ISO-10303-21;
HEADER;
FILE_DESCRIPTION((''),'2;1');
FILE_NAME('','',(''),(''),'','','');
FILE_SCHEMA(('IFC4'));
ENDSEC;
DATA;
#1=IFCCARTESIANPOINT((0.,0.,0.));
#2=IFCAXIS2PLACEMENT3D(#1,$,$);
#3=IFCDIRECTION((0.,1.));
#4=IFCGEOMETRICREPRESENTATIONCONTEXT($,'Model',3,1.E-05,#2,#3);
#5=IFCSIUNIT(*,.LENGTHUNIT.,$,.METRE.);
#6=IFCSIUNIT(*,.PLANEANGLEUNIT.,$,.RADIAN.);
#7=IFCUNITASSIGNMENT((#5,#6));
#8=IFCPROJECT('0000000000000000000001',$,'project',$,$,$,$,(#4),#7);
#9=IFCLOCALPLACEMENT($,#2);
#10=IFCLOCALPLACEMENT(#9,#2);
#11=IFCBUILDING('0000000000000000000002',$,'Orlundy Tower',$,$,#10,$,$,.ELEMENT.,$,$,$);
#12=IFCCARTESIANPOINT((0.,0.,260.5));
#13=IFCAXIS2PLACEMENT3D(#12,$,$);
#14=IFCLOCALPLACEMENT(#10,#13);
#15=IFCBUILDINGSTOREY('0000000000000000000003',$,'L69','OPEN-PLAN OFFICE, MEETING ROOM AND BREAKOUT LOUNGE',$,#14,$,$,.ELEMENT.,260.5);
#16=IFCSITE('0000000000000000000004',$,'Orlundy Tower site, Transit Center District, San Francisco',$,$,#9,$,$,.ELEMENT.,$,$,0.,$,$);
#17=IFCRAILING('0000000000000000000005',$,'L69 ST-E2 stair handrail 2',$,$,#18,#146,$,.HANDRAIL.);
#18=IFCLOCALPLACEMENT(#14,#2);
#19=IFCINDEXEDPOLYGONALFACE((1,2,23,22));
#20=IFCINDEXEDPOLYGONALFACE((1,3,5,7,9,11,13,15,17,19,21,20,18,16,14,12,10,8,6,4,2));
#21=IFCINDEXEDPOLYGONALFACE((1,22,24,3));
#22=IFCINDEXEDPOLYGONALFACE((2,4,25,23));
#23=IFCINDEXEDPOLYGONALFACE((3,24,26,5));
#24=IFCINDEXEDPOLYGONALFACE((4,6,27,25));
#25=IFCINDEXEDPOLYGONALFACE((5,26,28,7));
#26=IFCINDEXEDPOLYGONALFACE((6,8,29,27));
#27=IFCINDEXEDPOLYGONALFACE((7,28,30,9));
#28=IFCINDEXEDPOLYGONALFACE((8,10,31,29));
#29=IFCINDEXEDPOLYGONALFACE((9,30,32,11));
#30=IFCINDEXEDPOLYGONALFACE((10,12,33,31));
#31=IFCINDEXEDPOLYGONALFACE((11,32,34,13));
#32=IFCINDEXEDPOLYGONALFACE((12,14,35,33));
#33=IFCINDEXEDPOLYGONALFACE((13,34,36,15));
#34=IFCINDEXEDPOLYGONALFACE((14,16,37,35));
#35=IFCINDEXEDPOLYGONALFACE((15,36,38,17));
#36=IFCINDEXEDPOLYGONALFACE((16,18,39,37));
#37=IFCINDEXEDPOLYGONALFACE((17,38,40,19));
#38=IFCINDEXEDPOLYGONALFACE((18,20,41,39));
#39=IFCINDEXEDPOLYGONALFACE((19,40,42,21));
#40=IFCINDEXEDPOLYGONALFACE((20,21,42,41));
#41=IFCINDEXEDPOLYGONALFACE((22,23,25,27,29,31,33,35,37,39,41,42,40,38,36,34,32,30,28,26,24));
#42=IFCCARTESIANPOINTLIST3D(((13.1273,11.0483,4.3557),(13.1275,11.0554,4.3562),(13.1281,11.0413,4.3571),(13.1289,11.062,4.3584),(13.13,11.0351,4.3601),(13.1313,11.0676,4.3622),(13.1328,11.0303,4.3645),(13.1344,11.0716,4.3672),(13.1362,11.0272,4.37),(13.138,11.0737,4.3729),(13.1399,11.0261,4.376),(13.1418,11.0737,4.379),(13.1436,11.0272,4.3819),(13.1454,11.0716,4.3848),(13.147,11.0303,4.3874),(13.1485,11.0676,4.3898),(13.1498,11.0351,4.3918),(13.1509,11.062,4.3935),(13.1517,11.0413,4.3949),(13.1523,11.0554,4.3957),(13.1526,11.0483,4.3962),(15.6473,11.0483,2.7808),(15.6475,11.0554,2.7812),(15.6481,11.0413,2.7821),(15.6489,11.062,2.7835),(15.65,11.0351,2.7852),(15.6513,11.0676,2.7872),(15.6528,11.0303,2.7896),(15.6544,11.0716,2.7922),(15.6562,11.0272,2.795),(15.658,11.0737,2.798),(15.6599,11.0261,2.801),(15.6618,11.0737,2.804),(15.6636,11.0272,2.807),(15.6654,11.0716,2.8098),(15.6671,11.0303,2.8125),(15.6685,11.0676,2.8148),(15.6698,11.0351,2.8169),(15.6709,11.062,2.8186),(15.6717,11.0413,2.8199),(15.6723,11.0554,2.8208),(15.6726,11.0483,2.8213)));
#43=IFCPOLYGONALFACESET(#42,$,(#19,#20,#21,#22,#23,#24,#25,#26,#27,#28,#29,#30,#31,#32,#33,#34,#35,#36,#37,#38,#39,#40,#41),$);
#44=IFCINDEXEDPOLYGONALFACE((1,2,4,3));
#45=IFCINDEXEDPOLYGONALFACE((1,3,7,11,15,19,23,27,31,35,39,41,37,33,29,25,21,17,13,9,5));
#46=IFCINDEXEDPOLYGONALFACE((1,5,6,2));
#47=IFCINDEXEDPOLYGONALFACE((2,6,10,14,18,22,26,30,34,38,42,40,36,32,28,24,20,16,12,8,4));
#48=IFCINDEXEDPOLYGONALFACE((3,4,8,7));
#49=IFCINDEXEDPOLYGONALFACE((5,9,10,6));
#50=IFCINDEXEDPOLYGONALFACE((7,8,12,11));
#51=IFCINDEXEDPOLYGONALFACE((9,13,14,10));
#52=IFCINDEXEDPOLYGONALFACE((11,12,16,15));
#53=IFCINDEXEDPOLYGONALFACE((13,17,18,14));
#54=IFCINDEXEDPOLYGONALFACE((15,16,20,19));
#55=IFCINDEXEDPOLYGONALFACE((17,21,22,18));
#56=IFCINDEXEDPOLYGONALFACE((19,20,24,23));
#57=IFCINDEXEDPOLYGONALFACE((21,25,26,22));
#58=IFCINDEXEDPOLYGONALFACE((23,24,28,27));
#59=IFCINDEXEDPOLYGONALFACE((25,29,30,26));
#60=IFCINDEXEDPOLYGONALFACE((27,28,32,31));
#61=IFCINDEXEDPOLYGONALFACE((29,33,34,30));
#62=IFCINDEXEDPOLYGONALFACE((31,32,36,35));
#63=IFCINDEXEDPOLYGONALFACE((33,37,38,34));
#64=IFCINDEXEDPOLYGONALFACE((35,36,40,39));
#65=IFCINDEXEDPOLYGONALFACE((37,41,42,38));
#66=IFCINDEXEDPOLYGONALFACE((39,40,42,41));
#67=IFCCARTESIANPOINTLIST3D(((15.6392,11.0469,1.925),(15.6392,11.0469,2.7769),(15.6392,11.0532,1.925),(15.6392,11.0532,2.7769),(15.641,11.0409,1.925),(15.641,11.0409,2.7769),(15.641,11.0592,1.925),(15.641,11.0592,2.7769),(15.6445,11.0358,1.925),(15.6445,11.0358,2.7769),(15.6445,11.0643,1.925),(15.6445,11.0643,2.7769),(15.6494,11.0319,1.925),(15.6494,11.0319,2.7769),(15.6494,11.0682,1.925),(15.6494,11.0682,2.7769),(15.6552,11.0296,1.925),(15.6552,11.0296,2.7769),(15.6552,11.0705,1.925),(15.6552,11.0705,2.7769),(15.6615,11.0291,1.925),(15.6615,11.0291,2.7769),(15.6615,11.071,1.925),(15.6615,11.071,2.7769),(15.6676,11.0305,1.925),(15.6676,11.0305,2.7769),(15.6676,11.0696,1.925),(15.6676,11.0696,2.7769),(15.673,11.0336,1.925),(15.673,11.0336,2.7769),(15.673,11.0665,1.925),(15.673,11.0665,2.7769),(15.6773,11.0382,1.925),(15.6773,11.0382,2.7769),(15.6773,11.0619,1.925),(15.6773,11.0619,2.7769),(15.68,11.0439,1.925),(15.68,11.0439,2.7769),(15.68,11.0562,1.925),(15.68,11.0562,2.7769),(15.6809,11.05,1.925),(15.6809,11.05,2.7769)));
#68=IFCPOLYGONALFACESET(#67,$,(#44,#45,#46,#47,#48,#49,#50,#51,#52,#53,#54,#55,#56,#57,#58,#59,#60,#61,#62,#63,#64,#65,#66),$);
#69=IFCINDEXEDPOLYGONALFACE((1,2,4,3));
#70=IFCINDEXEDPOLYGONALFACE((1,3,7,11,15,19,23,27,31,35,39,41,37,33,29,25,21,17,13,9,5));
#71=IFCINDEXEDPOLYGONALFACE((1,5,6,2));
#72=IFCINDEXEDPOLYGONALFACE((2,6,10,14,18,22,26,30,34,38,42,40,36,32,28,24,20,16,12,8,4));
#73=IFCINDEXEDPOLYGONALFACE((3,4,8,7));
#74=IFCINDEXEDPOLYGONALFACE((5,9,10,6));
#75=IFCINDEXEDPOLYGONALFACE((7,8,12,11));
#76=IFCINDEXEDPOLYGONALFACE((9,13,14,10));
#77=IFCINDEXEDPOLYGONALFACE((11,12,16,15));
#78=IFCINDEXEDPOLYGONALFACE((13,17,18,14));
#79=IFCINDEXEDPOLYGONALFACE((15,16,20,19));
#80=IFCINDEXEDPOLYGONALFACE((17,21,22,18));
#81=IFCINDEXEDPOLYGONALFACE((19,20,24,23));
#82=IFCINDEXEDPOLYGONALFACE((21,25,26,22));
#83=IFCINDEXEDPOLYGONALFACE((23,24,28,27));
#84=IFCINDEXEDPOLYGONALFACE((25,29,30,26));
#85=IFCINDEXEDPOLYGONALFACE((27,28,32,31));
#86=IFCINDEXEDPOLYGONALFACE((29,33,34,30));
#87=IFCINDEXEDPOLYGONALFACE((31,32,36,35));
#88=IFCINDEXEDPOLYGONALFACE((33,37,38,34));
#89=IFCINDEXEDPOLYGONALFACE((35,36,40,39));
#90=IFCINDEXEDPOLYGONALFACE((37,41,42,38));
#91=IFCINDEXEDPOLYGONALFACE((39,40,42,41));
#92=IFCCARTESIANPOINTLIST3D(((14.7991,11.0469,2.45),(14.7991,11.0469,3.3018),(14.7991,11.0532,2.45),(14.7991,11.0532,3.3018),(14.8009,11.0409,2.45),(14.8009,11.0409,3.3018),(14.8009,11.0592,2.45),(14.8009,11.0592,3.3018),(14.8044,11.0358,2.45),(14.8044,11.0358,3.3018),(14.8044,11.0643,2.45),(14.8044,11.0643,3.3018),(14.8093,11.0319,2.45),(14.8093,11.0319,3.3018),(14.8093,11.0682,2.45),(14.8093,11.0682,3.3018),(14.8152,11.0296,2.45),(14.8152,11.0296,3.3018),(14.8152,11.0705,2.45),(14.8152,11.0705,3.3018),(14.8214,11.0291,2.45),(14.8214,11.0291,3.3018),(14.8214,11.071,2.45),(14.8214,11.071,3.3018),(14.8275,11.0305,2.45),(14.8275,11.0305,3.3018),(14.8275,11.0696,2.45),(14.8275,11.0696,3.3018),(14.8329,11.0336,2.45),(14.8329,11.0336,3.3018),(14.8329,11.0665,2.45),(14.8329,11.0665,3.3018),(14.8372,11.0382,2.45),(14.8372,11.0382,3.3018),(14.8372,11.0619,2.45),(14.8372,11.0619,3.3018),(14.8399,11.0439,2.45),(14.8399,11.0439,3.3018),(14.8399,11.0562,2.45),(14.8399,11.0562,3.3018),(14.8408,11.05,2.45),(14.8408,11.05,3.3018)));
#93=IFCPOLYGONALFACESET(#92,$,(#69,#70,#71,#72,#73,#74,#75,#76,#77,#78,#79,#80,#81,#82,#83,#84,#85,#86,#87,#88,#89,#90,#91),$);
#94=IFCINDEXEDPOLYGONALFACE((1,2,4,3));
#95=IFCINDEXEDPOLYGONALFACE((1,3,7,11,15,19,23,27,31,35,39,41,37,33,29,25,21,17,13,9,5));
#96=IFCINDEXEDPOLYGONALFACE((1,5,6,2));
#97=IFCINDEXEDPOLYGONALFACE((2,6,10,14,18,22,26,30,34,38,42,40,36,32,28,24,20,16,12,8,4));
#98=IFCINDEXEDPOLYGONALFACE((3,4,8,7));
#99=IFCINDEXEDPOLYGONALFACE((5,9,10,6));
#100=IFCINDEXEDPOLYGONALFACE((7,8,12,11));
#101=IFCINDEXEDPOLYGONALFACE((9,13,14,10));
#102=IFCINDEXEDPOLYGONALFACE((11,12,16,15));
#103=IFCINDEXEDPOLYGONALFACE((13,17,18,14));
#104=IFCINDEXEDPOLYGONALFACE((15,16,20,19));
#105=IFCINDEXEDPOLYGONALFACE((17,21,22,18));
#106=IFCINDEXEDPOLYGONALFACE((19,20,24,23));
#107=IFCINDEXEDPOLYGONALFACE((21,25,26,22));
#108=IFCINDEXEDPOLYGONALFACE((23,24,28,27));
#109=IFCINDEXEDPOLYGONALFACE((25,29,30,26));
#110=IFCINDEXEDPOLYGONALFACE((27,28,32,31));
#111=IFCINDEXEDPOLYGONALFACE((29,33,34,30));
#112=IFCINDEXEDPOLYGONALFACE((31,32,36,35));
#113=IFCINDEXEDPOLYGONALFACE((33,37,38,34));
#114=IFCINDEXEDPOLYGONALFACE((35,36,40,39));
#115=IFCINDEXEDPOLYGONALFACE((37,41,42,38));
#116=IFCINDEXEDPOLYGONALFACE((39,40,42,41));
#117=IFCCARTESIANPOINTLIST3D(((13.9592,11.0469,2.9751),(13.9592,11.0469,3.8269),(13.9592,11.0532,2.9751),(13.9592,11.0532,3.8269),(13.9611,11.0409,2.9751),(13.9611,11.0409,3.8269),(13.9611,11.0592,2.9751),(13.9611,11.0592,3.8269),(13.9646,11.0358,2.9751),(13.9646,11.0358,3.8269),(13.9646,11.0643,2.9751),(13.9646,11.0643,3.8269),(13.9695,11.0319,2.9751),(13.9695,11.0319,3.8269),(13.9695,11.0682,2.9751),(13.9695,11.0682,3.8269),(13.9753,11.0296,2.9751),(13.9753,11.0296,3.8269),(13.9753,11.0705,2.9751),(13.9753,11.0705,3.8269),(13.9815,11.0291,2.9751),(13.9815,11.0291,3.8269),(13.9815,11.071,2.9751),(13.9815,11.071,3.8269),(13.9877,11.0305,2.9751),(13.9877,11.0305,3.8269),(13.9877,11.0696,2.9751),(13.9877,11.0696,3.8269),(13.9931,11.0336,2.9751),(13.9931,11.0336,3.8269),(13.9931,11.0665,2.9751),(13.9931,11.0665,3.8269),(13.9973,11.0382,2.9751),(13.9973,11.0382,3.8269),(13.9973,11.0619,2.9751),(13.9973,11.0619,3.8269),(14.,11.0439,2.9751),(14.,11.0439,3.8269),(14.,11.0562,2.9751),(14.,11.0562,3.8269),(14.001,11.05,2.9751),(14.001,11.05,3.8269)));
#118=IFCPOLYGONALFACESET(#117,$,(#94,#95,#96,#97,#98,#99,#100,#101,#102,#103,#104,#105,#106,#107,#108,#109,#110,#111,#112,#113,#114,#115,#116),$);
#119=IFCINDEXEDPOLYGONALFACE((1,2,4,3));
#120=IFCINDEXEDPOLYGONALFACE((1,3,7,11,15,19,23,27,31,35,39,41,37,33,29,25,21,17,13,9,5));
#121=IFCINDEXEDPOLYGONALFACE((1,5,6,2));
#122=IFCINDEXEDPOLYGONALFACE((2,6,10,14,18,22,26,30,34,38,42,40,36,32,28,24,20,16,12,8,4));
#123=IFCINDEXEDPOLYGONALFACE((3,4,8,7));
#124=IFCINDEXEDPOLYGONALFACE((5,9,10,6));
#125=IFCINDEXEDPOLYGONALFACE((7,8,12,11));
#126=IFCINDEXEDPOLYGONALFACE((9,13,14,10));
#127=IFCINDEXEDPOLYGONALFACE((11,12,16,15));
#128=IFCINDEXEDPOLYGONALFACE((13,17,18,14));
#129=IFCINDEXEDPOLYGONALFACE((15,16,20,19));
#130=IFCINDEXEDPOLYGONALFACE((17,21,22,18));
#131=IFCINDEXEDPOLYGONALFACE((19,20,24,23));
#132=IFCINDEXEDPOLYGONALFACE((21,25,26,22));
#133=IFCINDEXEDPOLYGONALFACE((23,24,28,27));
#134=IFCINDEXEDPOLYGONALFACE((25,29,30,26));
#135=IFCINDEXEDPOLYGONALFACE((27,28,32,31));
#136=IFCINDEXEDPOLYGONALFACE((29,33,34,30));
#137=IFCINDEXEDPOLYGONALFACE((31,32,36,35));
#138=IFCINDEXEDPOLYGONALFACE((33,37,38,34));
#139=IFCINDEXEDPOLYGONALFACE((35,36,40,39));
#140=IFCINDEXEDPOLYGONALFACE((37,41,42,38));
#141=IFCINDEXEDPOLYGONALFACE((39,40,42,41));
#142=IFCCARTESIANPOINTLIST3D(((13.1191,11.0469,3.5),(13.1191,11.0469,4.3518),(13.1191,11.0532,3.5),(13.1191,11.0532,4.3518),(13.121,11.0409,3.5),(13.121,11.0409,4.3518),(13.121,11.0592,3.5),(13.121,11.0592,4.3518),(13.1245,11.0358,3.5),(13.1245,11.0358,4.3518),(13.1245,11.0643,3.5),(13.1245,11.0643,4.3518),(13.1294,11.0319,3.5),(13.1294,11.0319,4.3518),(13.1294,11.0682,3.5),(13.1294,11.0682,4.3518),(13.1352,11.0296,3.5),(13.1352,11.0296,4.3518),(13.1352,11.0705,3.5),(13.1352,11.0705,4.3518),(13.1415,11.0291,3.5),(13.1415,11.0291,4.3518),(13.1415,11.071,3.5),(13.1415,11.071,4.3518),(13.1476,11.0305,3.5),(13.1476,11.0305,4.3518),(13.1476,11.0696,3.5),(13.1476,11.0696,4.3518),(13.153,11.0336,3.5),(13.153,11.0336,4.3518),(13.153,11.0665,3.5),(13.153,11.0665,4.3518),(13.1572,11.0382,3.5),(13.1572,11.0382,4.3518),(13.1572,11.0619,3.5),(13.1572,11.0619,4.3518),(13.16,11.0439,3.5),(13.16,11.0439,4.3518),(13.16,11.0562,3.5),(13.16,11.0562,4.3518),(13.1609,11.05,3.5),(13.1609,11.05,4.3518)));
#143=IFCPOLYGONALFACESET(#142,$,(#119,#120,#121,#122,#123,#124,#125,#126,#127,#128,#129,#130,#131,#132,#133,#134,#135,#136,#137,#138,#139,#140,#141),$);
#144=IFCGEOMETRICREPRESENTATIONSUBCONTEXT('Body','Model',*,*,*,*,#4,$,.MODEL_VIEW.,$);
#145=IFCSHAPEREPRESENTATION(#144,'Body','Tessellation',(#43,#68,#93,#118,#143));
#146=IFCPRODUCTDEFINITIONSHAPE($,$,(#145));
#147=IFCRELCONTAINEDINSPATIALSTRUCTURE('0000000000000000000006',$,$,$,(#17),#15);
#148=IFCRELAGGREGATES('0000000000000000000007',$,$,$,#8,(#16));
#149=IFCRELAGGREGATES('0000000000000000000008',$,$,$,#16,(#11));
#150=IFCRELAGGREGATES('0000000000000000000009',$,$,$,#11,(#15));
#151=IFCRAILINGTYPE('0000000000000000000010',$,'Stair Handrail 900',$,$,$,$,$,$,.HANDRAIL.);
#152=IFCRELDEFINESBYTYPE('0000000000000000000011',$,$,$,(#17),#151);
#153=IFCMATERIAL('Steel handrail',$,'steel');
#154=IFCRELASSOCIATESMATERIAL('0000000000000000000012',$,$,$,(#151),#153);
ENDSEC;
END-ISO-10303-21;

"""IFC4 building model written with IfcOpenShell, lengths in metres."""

from ifc_helpers import new_model, si_unit, direction, frame, origin, origin_2d, place, context, subcontext, project, spatial, circle, extrude, material, type_object, element, save


model = new_model("IFC4")

# Units and contexts
model_context = context("Model", 3, precision=1e-05, world=origin(), true_north=direction((0.0, 1.0)))
body_context = subcontext(model_context, "Body", "Model", "MODEL_VIEW")
ifc_project = project(units=[si_unit("LENGTHUNIT", "METRE"), si_unit("PLANEANGLEUNIT", "RADIAN")], contexts=[model_context])

# Site, building, storey
site_placement = place(None, origin())
site = spatial("IfcSite", under=ifc_project, at=site_placement, Name="Orlundy Tower site, Transit Center District, San Francisco", CompositionType="ELEMENT", RefElevation=0.0)
building_placement = place(site_placement, origin())
building = spatial("IfcBuilding", under=site, at=building_placement, Name="Orlundy Tower", CompositionType="ELEMENT")
storey_placement = place(building_placement, frame((0.0, 0.0, 260.5)))
storey = spatial("IfcBuildingStorey", under=building, at=storey_placement, Name="L69", Description="OPEN-PLAN OFFICE, MEETING ROOM AND BREAKOUT LOUNGE", CompositionType="ELEMENT", Elevation=260.5)

# Railing
ifc_material_1 = material(Name="Steel handrail", Category="steel")
railing_type_1 = type_object("IfcRailingType", Name="Stair Handrail 900", PredefinedType="HANDRAIL", material=ifc_material_1)
railing_1_placement = place(storey_placement, frame((15.6599, 11.05, 1.925)))
element("IfcRailing", 1, at=railing_1_placement, inside=storey, type_object=railing_type_1, Name="L69 ST-E2 stair handrail 2", PredefinedType="HANDRAIL", context=body_context, shape_type="SweptSolid", body=[
    extrude(circle(Radius=0.0239, at=origin_2d()), frame((0.0, 0.0, 0.876), z_axis=(-0.848008, 0.0, 0.529984), x_axis=(0.0, -1.0, 0.0)), (0.0, 0.0, 1.0), 2.9717),
    extrude(circle(Radius=0.021, at=origin_2d()), origin(), (0.0, 0.0, 1.0), 0.8518),
    extrude(circle(Radius=0.021, at=origin_2d()), frame((-0.8401, 0.0, 0.5249)), (0.0, 0.0, 1.0), 0.8518),
    extrude(circle(Radius=0.021, at=origin_2d()), frame((-1.6799, 0.0, 1.05)), (0.0, 0.0, 1.0), 0.8518),
    extrude(circle(Radius=0.021, at=origin_2d()), frame((-2.52, 0.0, 1.575)), (0.0, 0.0, 1.0), 0.8518),
])

save(model, "model.ifc")
